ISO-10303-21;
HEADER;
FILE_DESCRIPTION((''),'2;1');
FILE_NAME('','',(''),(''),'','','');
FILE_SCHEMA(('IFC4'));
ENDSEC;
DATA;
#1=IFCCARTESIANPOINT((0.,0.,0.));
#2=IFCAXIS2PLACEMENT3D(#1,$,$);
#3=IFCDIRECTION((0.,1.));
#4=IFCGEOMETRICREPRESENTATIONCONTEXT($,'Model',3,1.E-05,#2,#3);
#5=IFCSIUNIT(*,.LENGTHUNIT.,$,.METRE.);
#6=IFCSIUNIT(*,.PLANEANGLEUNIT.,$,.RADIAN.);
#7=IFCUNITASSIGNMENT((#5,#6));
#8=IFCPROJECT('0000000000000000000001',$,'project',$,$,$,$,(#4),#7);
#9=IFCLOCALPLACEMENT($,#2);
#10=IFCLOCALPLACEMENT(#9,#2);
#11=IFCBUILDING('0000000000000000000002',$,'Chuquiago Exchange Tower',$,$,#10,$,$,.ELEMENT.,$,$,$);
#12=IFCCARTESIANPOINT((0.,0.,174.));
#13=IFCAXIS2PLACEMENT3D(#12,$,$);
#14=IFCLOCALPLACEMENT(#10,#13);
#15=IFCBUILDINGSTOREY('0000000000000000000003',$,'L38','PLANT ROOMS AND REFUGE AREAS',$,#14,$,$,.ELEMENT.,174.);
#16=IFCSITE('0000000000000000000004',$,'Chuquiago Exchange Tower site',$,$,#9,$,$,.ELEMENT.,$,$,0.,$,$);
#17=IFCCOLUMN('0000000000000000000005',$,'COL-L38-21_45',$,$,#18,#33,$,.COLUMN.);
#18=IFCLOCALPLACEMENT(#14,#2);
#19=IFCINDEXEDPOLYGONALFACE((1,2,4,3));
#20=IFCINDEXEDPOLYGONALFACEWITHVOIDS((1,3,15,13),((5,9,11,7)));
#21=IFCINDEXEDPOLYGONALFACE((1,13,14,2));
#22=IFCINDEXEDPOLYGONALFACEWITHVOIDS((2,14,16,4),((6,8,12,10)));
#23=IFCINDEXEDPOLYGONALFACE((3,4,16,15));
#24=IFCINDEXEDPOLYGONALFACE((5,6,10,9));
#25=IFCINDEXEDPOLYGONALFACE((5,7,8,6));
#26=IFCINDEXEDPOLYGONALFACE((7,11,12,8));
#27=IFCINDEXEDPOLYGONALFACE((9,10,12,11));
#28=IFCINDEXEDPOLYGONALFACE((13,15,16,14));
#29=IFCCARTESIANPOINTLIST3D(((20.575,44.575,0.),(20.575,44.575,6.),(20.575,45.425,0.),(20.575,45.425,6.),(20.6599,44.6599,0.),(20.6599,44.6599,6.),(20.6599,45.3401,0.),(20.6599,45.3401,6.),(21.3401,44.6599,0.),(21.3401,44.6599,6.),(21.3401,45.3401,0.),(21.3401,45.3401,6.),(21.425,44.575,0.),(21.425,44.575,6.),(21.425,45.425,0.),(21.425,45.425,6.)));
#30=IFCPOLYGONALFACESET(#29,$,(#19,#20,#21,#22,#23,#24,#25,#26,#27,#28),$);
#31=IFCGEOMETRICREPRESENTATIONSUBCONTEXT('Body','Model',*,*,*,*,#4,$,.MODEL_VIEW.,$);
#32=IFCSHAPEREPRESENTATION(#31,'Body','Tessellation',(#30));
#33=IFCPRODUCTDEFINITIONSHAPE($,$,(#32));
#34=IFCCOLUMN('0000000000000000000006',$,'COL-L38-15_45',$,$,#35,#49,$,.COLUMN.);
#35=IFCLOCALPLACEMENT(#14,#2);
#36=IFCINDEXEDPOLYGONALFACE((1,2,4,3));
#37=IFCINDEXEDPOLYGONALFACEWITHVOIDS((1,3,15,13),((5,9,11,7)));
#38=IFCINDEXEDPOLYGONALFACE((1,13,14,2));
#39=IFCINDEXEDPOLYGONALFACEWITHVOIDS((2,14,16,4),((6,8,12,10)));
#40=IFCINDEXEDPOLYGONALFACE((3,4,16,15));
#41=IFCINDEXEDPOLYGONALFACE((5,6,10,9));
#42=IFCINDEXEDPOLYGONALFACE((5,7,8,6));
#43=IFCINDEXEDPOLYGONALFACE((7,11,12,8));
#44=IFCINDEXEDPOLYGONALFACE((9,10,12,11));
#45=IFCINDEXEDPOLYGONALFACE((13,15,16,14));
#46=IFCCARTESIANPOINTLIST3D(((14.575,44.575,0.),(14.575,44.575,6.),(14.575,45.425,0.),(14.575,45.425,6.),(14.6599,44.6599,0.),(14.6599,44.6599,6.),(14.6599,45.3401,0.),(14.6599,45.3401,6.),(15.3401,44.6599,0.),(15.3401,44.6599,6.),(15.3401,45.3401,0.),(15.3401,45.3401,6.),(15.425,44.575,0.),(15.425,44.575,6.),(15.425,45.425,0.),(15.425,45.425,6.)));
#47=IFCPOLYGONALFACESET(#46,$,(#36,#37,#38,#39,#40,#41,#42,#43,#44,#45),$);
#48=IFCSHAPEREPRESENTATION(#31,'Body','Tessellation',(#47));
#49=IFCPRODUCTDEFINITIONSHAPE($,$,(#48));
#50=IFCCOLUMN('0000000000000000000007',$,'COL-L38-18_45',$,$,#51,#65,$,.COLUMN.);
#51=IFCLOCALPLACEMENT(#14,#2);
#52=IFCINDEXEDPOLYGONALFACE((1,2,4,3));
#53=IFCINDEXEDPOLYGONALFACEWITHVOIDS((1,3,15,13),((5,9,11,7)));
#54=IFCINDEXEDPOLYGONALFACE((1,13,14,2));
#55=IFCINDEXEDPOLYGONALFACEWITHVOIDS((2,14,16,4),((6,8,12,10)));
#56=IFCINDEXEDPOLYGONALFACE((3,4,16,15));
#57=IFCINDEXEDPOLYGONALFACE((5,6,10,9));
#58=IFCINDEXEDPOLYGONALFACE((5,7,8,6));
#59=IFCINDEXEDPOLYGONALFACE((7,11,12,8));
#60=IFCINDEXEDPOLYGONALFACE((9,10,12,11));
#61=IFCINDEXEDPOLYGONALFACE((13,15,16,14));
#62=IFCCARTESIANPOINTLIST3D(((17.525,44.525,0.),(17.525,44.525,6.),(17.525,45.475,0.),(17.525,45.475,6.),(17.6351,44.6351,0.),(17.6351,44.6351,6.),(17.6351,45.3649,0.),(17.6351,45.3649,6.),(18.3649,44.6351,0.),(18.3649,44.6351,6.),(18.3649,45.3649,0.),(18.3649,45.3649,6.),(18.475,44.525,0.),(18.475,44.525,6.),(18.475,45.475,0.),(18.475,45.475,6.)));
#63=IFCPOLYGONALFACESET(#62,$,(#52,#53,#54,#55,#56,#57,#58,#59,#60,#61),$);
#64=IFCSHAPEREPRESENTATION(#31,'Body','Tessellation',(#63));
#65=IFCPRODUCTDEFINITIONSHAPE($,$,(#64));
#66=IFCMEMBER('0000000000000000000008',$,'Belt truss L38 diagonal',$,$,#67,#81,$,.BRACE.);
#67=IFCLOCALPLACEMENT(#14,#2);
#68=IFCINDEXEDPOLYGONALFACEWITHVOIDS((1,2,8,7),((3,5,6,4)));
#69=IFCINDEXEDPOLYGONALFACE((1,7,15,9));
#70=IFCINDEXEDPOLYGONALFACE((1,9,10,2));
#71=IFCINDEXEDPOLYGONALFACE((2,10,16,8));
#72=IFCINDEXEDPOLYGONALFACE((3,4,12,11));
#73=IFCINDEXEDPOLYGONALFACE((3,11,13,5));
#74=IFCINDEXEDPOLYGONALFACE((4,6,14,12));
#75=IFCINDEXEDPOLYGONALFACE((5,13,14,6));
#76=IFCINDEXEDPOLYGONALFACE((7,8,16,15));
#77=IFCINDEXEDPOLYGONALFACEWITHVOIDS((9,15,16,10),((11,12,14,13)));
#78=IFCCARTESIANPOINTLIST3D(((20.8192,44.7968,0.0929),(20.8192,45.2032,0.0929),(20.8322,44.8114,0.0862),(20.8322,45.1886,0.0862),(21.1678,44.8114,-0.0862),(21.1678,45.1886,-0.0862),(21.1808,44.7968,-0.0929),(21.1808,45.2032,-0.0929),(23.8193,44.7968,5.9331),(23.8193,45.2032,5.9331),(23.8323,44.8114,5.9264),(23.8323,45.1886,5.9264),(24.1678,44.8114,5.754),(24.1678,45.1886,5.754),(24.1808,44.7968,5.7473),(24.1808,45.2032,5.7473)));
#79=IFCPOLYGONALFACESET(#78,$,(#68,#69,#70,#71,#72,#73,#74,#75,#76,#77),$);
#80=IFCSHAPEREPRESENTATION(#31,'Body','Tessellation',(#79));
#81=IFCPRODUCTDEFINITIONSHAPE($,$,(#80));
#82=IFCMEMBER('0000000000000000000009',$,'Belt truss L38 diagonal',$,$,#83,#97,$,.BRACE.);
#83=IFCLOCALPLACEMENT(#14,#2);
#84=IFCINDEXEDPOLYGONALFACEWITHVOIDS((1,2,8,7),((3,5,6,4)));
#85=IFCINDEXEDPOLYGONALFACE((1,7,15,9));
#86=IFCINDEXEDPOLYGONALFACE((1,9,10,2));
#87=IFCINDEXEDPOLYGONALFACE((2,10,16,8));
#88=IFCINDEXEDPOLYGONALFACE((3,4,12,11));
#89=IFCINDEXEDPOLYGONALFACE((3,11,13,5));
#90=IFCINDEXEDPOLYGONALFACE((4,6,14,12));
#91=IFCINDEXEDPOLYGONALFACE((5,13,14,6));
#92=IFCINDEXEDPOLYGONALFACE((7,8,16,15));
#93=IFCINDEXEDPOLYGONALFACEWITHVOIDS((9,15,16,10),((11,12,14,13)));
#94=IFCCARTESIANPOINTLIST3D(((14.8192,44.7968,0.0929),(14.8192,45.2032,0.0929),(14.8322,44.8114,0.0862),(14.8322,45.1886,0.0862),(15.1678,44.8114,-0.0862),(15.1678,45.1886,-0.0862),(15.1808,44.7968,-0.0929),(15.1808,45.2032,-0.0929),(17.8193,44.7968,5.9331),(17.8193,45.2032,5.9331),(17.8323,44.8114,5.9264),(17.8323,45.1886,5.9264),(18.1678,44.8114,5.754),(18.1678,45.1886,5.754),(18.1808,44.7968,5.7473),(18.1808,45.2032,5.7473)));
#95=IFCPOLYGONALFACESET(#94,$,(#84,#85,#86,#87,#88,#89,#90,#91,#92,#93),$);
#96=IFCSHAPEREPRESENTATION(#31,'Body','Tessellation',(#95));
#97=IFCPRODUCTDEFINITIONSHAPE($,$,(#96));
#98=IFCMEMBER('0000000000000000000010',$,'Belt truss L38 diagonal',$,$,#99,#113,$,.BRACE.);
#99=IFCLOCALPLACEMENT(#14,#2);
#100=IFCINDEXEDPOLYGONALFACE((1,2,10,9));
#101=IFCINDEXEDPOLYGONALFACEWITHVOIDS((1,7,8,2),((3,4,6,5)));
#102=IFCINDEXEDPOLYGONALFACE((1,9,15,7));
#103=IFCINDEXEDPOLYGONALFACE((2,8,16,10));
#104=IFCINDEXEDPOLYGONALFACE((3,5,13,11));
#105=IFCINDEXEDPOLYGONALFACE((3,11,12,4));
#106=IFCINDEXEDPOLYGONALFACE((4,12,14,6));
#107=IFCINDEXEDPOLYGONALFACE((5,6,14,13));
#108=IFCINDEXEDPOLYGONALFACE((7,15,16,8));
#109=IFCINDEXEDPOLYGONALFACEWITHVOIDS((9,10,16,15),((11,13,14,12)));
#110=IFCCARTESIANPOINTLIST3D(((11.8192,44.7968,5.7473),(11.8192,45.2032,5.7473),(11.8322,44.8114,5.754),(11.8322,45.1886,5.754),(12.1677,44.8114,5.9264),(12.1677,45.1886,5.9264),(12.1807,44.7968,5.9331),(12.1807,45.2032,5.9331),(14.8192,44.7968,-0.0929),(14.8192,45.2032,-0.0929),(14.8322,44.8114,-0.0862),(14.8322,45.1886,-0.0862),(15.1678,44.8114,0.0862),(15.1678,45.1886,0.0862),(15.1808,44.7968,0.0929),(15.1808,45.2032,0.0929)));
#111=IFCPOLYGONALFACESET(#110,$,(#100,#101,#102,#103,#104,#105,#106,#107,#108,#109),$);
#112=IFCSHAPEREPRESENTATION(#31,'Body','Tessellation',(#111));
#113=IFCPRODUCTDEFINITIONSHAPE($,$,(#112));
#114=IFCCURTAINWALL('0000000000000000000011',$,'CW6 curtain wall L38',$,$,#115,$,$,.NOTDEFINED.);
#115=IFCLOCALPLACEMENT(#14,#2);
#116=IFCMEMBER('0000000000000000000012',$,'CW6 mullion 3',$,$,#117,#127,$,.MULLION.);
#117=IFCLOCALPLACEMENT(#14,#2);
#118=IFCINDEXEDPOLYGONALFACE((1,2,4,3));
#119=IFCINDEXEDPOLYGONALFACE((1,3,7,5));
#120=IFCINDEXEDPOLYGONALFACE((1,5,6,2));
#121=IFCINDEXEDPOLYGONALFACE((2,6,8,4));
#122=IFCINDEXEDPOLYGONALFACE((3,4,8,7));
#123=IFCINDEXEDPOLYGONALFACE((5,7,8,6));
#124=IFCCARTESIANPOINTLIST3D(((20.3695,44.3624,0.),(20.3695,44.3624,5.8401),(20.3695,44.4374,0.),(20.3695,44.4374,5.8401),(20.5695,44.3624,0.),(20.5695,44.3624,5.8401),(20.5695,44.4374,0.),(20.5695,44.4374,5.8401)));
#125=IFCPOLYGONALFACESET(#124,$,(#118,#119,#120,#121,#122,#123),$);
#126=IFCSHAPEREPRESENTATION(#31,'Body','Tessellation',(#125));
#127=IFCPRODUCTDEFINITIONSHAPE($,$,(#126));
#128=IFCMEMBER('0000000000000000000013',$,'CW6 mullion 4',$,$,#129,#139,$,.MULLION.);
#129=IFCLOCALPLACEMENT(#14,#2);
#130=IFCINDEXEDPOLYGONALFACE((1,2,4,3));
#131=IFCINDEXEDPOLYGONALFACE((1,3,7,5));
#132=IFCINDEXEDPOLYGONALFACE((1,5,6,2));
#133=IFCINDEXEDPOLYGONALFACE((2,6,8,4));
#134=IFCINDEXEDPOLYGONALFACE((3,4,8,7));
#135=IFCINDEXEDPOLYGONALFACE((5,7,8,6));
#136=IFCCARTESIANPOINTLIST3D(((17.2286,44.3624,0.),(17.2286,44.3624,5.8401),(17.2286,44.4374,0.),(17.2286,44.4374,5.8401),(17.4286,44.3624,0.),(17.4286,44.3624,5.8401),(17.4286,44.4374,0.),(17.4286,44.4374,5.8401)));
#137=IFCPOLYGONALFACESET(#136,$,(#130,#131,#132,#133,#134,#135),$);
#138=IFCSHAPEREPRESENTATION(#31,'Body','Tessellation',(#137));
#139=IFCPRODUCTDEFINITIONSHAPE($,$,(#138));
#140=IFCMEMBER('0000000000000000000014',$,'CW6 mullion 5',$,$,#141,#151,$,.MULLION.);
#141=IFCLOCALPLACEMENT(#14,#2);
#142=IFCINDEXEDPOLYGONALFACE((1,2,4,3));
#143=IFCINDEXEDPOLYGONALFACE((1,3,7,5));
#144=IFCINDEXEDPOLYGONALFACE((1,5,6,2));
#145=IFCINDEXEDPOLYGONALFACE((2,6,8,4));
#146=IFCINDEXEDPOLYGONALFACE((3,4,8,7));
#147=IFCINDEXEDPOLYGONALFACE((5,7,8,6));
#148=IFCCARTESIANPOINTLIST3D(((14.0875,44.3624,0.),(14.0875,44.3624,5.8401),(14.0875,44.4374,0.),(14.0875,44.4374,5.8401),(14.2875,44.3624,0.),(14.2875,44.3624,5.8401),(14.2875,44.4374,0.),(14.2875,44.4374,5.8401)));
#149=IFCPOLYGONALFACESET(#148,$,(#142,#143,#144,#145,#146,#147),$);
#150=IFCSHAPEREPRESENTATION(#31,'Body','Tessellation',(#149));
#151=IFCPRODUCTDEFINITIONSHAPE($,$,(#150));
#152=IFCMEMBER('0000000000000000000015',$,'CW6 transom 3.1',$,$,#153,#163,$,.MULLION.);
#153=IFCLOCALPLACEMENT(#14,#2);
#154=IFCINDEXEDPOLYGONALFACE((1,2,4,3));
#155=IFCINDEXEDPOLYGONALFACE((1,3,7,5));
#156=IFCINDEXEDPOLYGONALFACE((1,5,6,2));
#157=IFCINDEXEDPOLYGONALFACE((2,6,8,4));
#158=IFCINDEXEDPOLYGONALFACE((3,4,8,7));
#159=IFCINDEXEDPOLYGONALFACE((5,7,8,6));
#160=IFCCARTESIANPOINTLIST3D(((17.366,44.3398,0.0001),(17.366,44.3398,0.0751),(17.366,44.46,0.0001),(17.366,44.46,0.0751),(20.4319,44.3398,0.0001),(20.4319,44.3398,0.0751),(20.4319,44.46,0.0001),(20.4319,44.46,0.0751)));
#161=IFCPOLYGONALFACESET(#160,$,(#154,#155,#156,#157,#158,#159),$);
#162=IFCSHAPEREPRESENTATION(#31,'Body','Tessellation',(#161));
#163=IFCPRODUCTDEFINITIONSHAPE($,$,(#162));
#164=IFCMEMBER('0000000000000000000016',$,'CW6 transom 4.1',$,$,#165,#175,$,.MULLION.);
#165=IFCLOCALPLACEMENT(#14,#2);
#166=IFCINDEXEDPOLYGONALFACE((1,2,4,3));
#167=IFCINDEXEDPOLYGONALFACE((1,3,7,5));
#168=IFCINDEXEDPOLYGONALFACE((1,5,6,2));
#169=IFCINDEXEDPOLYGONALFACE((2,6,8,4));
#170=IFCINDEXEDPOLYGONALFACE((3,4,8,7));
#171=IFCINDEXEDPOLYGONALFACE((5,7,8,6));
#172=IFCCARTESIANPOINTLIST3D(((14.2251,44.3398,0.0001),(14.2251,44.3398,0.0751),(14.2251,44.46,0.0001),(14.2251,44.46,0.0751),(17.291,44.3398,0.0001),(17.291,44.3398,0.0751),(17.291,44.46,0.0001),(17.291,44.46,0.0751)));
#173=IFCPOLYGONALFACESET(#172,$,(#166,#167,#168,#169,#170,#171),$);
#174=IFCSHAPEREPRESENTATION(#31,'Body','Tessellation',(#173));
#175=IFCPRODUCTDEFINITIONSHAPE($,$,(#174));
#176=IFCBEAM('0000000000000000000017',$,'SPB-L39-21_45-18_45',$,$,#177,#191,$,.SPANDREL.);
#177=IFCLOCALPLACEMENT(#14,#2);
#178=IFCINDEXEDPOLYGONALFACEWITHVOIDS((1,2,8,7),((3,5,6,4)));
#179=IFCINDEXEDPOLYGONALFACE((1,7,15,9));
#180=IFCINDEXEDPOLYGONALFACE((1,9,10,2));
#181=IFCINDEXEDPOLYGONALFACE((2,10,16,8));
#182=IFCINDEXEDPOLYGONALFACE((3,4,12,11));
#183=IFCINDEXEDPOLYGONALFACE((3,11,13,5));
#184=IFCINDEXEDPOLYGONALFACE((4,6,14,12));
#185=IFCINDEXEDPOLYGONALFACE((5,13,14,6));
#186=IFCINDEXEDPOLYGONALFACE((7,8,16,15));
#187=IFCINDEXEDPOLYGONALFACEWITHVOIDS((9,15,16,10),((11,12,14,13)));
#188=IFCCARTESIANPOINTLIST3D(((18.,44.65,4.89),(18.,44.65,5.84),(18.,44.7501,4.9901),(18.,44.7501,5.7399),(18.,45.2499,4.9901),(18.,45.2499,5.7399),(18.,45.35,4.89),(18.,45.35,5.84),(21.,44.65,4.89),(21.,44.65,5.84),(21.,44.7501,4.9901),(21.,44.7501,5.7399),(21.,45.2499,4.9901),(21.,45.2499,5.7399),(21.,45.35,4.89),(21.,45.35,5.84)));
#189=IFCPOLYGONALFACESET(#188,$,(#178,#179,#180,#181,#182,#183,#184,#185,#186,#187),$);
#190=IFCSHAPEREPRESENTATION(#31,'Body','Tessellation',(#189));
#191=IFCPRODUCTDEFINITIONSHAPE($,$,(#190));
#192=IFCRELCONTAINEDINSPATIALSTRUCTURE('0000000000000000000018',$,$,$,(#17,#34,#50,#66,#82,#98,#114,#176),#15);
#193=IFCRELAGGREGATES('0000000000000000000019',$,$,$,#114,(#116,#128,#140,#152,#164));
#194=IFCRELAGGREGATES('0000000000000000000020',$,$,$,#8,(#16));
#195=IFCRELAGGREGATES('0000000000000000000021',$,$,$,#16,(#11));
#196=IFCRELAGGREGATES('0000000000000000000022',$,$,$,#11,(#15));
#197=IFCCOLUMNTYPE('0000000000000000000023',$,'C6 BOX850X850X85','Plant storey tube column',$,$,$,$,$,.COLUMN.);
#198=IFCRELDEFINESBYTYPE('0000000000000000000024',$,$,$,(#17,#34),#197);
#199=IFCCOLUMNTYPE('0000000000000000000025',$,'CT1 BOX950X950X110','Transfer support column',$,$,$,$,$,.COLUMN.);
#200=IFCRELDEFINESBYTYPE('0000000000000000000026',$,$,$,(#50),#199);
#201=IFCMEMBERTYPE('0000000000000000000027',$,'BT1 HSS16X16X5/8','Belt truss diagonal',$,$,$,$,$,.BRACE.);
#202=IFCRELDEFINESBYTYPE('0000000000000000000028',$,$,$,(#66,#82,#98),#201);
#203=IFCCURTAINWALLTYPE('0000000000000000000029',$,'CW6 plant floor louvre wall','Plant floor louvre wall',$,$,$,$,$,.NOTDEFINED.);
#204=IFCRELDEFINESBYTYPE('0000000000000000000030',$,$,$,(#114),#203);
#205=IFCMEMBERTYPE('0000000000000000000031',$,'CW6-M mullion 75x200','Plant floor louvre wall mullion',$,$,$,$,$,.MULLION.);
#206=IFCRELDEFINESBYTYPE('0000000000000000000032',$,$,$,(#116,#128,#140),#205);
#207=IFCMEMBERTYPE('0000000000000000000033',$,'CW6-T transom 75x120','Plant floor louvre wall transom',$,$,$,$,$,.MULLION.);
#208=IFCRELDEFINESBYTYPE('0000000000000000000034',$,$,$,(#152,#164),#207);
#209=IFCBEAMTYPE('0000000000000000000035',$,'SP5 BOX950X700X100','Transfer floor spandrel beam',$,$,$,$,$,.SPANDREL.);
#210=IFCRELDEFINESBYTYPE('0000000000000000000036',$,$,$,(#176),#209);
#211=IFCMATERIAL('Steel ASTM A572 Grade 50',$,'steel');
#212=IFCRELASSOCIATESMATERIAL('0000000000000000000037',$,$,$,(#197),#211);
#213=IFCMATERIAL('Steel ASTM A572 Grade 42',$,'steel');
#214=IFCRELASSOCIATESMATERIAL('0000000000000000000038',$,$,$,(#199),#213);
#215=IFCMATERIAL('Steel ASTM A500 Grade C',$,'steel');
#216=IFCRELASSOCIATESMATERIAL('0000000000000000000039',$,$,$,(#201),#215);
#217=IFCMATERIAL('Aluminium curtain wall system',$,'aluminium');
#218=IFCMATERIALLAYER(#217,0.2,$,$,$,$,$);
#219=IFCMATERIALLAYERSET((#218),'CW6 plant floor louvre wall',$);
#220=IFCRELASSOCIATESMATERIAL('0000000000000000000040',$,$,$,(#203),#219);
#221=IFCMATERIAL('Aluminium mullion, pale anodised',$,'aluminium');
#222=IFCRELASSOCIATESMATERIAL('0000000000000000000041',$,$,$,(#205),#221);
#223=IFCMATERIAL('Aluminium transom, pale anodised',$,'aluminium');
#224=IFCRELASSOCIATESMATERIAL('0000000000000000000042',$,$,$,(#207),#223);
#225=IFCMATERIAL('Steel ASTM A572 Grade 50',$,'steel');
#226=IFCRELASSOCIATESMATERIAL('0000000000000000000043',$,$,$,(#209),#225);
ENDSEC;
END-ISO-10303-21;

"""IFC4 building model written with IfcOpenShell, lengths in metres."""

from ifc_helpers import new_model, si_unit, direction, frame, origin, origin_2d, place, context, subcontext, project, spatial, rectangle, hollow_rectangle, extrude, material, layer, layer_set, material_profile, profile_set, type_object, element, aggregate, save


model = new_model("IFC4")

# Units and contexts
model_context = context("Model", 3, precision=1e-05, world=origin(), true_north=direction((0.0, 1.0)))
body_context = subcontext(model_context, "Body", "Model", "MODEL_VIEW")
ifc_project = project(units=[si_unit("LENGTHUNIT", "METRE"), si_unit("PLANEANGLEUNIT", "RADIAN")], contexts=[model_context])

# Site, building, storey
site_placement = place(None, origin())
site = spatial("IfcSite", under=ifc_project, at=site_placement, Name="Chuquiago Exchange Tower site", CompositionType="ELEMENT", RefElevation=0.0)
building_placement = place(site_placement, origin())
building = spatial("IfcBuilding", under=site, at=building_placement, Name="Chuquiago Exchange Tower", CompositionType="ELEMENT")
storey_placement = place(building_placement, frame((0.0, 0.0, 174.0)))
storey = spatial("IfcBuildingStorey", under=building, at=storey_placement, Name="L38", Description="PLANT ROOMS AND REFUGE AREAS", CompositionType="ELEMENT", Elevation=174.0)

# Columns
ifc_material_1 = material(Name="Steel ASTM A572 Grade 50", Category="steel")
ifc_material_profile_1 = material_profile(ifc_material_1, hollow_rectangle(XDim=0.8501, YDim=0.8501, WallThickness=0.085, at=origin_2d()), Name="BOX850X850X85")
ifc_profile_set_1 = profile_set([ifc_material_profile_1], Name="Steel ASTM A572 Grade 50")
column_type_1 = type_object("IfcColumnType", Name="C6 BOX850X850X85", Description="Plant storey tube column", PredefinedType="COLUMN", material=ifc_profile_set_1)
for number, where, z_axis, x_axis, name in (
    (1, (21.0, 45.0, 0.0), (0.0, 0.0, 1.0), (0.0, 1.0, 0.0), "COL-L38-21_45"),
    (2, (15.0, 45.0, 0.0), (0.0, 0.0, 1.0), (0.0, 1.0, 0.0), "COL-L38-15_45"),
):
    element("IfcColumn", number, at=place(storey_placement, frame(where, z_axis=z_axis, x_axis=x_axis)), inside=storey, type_object=column_type_1, Name=name, PredefinedType="COLUMN", context=body_context, shape_type="SweptSolid", body=[
        extrude(hollow_rectangle(XDim=0.8501, YDim=0.8501, WallThickness=0.085, at=origin_2d()), origin(), (0.0, 0.0, 1.0), 6.0),
    ])
ifc_material_2 = material(Name="Steel ASTM A572 Grade 42", Category="steel")
ifc_material_profile_2 = material_profile(ifc_material_2, hollow_rectangle(XDim=0.95, YDim=0.95, WallThickness=0.1101, at=origin_2d()), Name="BOX950X950X110")
ifc_profile_set_2 = profile_set([ifc_material_profile_2], Name="Steel ASTM A572 Grade 42")
column_type_2 = type_object("IfcColumnType", Name="CT1 BOX950X950X110", Description="Transfer support column", PredefinedType="COLUMN", material=ifc_profile_set_2)
column_placement = place(storey_placement, frame((18.0, 45.0, 0.0), z_axis=(0.0, 0.0, 1.0), x_axis=(0.0, 1.0, 0.0)))
element("IfcColumn", 3, at=column_placement, inside=storey, type_object=column_type_2, Name="COL-L38-18_45", PredefinedType="COLUMN", context=body_context, shape_type="SweptSolid", body=[
    extrude(hollow_rectangle(XDim=0.95, YDim=0.95, WallThickness=0.1101, at=origin_2d()), origin(), (0.0, 0.0, 1.0), 6.0),
])

# Members
ifc_material_3 = material(Name="Steel ASTM A500 Grade C", Category="steel")
ifc_material_profile_3 = material_profile(ifc_material_3, hollow_rectangle(XDim=0.4065, YDim=0.4065, WallThickness=0.0146, at=origin_2d()), Name="HSS16X16X5/8")
ifc_profile_set_3 = profile_set([ifc_material_profile_3], Name="Steel ASTM A500 Grade C")
member_type_1 = type_object("IfcMemberType", Name="BT1 HSS16X16X5/8", Description="Belt truss diagonal", PredefinedType="BRACE", material=ifc_profile_set_3)
for number, where, z_axis, x_axis, name in (
    (4, (21.0, 45.0, 0.0), (0.45693, 0.0, 0.889503), (0.0, 1.0, 0.0), "Belt truss L38 diagonal"),
    (5, (15.0, 45.0, 0.0), (0.45693, 0.0, 0.889503), (0.0, 1.0, 0.0), "Belt truss L38 diagonal"),
    (6, (15.0, 45.0, 0.0), (-0.45693, 0.0, 0.889503), (0.0, -1.0, 0.0), "Belt truss L38 diagonal"),
):
    element("IfcMember", number, at=place(storey_placement, frame(where, z_axis=z_axis, x_axis=x_axis)), inside=storey, type_object=member_type_1, Name=name, PredefinedType="BRACE", context=body_context, shape_type="SweptSolid", body=[
        extrude(hollow_rectangle(XDim=0.4065, YDim=0.4065, WallThickness=0.0146, at=origin_2d()), origin(), (0.0, 0.0, 1.0), 6.5657),
    ])

# Curtain wall, members
ifc_material_4 = material(Name="Aluminium curtain wall system", Category="aluminium")
ifc_layer_1 = layer(ifc_material_4, 0.2)
ifc_layer_set_1 = layer_set([ifc_layer_1], Name="CW6 plant floor louvre wall")
curtain_wall_type = type_object("IfcCurtainWallType", Name="CW6 plant floor louvre wall", Description="Plant floor louvre wall", PredefinedType="NOTDEFINED", material=ifc_layer_set_1)
curtain_wall_placement = place(storey_placement, origin())
curtain_wall = element("IfcCurtainWall", 7, at=curtain_wall_placement, inside=storey, type_object=curtain_wall_type, Name="CW6 curtain wall L38", PredefinedType="NOTDEFINED")
ifc_material_5 = material(Name="Aluminium mullion, pale anodised", Category="aluminium")
ifc_material_profile_4 = material_profile(ifc_material_5, rectangle(XDim=0.075, YDim=0.2, at=origin_2d()), Name="AL 75x200")
ifc_profile_set_4 = profile_set([ifc_material_profile_4], Name="Aluminium mullion, pale anodised")
member_type_2 = type_object("IfcMemberType", Name="CW6-M mullion 75x200", Description="Plant floor louvre wall mullion", PredefinedType="MULLION", material=ifc_profile_set_4)
member_1_placement = place(storey_placement, frame((20.4695, 44.3999, 0.0), z_axis=(0.0, 0.0, 1.0), x_axis=(0.0, -1.0, 0.0)))
member_1 = element("IfcMember", 8, at=member_1_placement, type_object=member_type_2, Name="CW6 mullion 3", PredefinedType="MULLION", context=body_context, shape_type="SweptSolid", body=[
    extrude(rectangle(XDim=0.075, YDim=0.2, at=origin_2d()), origin(), (0.0, 0.0, 1.0), 5.8401),
])
member_2_placement = place(storey_placement, frame((17.3286, 44.3999, 0.0), z_axis=(0.0, 0.0, 1.0), x_axis=(0.0, -1.0, 0.0)))
member_2 = element("IfcMember", 9, at=member_2_placement, type_object=member_type_2, Name="CW6 mullion 4", PredefinedType="MULLION", context=body_context, shape_type="SweptSolid", body=[
    extrude(rectangle(XDim=0.075, YDim=0.2, at=origin_2d()), origin(), (0.0, 0.0, 1.0), 5.8401),
])
member_3_placement = place(storey_placement, frame((14.1875, 44.3999, 0.0), z_axis=(0.0, 0.0, 1.0), x_axis=(0.0, -1.0, 0.0)))
member_3 = element("IfcMember", 10, at=member_3_placement, type_object=member_type_2, Name="CW6 mullion 5", PredefinedType="MULLION", context=body_context, shape_type="SweptSolid", body=[
    extrude(rectangle(XDim=0.075, YDim=0.2, at=origin_2d()), origin(), (0.0, 0.0, 1.0), 5.8401),
])
ifc_material_6 = material(Name="Aluminium transom, pale anodised", Category="aluminium")
ifc_material_profile_5 = material_profile(ifc_material_6, rectangle(XDim=0.1201, YDim=0.075, at=origin_2d()), Name="AL 120x75")
ifc_profile_set_5 = profile_set([ifc_material_profile_5], Name="Aluminium transom, pale anodised")
member_type_3 = type_object("IfcMemberType", Name="CW6-T transom 75x120", Description="Plant floor louvre wall transom", PredefinedType="MULLION", material=ifc_profile_set_5)
member_4_placement = place(storey_placement, frame((20.4319, 44.3999, 0.0376), z_axis=(-1.0, 0.0, 0.0), x_axis=(0.0, -1.0, 0.0)))
member_4 = element("IfcMember", 11, at=member_4_placement, type_object=member_type_3, Name="CW6 transom 3.1", PredefinedType="MULLION", context=body_context, shape_type="SweptSolid", body=[
    extrude(rectangle(XDim=0.1201, YDim=0.075, at=origin_2d()), origin(), (0.0, 0.0, 1.0), 3.0659),
])
member_5_placement = place(storey_placement, frame((17.291, 44.3999, 0.0376), z_axis=(-1.0, 0.0, 0.0), x_axis=(0.0, -1.0, 0.0)))
member_5 = element("IfcMember", 12, at=member_5_placement, type_object=member_type_3, Name="CW6 transom 4.1", PredefinedType="MULLION", context=body_context, shape_type="SweptSolid", body=[
    extrude(rectangle(XDim=0.1201, YDim=0.075, at=origin_2d()), origin(), (0.0, 0.0, 1.0), 3.0659),
])

# Beam
ifc_material_7 = material(Name="Steel ASTM A572 Grade 50", Category="steel")
ifc_material_profile_6 = material_profile(ifc_material_7, hollow_rectangle(XDim=0.7, YDim=0.95, WallThickness=0.1001, at=origin_2d()), Name="BOX950X700X100")
ifc_profile_set_6 = profile_set([ifc_material_profile_6], Name="Steel ASTM A572 Grade 50")
beam_type = type_object("IfcBeamType", Name="SP5 BOX950X700X100", Description="Transfer floor spandrel beam", PredefinedType="SPANDREL", material=ifc_profile_set_6)
for number, where, z_axis, x_axis, name in (
    (13, (21.0, 45.0, 5.365), (-1.0, 0.0, 0.0), (0.0, -1.0, 0.0), "SPB-L39-21_45-18_45"),
):
    element("IfcBeam", number, at=place(storey_placement, frame(where, z_axis=z_axis, x_axis=x_axis)), inside=storey, type_object=beam_type, Name=name, PredefinedType="SPANDREL", context=body_context, shape_type="SweptSolid", body=[
        extrude(hollow_rectangle(XDim=0.7, YDim=0.95, WallThickness=0.1001, at=origin_2d()), origin(), (0.0, 0.0, 1.0), 3.0),
    ])

aggregate(curtain_wall, [member_1, member_2, member_3, member_4, member_5])

save(model, "model.ifc")
